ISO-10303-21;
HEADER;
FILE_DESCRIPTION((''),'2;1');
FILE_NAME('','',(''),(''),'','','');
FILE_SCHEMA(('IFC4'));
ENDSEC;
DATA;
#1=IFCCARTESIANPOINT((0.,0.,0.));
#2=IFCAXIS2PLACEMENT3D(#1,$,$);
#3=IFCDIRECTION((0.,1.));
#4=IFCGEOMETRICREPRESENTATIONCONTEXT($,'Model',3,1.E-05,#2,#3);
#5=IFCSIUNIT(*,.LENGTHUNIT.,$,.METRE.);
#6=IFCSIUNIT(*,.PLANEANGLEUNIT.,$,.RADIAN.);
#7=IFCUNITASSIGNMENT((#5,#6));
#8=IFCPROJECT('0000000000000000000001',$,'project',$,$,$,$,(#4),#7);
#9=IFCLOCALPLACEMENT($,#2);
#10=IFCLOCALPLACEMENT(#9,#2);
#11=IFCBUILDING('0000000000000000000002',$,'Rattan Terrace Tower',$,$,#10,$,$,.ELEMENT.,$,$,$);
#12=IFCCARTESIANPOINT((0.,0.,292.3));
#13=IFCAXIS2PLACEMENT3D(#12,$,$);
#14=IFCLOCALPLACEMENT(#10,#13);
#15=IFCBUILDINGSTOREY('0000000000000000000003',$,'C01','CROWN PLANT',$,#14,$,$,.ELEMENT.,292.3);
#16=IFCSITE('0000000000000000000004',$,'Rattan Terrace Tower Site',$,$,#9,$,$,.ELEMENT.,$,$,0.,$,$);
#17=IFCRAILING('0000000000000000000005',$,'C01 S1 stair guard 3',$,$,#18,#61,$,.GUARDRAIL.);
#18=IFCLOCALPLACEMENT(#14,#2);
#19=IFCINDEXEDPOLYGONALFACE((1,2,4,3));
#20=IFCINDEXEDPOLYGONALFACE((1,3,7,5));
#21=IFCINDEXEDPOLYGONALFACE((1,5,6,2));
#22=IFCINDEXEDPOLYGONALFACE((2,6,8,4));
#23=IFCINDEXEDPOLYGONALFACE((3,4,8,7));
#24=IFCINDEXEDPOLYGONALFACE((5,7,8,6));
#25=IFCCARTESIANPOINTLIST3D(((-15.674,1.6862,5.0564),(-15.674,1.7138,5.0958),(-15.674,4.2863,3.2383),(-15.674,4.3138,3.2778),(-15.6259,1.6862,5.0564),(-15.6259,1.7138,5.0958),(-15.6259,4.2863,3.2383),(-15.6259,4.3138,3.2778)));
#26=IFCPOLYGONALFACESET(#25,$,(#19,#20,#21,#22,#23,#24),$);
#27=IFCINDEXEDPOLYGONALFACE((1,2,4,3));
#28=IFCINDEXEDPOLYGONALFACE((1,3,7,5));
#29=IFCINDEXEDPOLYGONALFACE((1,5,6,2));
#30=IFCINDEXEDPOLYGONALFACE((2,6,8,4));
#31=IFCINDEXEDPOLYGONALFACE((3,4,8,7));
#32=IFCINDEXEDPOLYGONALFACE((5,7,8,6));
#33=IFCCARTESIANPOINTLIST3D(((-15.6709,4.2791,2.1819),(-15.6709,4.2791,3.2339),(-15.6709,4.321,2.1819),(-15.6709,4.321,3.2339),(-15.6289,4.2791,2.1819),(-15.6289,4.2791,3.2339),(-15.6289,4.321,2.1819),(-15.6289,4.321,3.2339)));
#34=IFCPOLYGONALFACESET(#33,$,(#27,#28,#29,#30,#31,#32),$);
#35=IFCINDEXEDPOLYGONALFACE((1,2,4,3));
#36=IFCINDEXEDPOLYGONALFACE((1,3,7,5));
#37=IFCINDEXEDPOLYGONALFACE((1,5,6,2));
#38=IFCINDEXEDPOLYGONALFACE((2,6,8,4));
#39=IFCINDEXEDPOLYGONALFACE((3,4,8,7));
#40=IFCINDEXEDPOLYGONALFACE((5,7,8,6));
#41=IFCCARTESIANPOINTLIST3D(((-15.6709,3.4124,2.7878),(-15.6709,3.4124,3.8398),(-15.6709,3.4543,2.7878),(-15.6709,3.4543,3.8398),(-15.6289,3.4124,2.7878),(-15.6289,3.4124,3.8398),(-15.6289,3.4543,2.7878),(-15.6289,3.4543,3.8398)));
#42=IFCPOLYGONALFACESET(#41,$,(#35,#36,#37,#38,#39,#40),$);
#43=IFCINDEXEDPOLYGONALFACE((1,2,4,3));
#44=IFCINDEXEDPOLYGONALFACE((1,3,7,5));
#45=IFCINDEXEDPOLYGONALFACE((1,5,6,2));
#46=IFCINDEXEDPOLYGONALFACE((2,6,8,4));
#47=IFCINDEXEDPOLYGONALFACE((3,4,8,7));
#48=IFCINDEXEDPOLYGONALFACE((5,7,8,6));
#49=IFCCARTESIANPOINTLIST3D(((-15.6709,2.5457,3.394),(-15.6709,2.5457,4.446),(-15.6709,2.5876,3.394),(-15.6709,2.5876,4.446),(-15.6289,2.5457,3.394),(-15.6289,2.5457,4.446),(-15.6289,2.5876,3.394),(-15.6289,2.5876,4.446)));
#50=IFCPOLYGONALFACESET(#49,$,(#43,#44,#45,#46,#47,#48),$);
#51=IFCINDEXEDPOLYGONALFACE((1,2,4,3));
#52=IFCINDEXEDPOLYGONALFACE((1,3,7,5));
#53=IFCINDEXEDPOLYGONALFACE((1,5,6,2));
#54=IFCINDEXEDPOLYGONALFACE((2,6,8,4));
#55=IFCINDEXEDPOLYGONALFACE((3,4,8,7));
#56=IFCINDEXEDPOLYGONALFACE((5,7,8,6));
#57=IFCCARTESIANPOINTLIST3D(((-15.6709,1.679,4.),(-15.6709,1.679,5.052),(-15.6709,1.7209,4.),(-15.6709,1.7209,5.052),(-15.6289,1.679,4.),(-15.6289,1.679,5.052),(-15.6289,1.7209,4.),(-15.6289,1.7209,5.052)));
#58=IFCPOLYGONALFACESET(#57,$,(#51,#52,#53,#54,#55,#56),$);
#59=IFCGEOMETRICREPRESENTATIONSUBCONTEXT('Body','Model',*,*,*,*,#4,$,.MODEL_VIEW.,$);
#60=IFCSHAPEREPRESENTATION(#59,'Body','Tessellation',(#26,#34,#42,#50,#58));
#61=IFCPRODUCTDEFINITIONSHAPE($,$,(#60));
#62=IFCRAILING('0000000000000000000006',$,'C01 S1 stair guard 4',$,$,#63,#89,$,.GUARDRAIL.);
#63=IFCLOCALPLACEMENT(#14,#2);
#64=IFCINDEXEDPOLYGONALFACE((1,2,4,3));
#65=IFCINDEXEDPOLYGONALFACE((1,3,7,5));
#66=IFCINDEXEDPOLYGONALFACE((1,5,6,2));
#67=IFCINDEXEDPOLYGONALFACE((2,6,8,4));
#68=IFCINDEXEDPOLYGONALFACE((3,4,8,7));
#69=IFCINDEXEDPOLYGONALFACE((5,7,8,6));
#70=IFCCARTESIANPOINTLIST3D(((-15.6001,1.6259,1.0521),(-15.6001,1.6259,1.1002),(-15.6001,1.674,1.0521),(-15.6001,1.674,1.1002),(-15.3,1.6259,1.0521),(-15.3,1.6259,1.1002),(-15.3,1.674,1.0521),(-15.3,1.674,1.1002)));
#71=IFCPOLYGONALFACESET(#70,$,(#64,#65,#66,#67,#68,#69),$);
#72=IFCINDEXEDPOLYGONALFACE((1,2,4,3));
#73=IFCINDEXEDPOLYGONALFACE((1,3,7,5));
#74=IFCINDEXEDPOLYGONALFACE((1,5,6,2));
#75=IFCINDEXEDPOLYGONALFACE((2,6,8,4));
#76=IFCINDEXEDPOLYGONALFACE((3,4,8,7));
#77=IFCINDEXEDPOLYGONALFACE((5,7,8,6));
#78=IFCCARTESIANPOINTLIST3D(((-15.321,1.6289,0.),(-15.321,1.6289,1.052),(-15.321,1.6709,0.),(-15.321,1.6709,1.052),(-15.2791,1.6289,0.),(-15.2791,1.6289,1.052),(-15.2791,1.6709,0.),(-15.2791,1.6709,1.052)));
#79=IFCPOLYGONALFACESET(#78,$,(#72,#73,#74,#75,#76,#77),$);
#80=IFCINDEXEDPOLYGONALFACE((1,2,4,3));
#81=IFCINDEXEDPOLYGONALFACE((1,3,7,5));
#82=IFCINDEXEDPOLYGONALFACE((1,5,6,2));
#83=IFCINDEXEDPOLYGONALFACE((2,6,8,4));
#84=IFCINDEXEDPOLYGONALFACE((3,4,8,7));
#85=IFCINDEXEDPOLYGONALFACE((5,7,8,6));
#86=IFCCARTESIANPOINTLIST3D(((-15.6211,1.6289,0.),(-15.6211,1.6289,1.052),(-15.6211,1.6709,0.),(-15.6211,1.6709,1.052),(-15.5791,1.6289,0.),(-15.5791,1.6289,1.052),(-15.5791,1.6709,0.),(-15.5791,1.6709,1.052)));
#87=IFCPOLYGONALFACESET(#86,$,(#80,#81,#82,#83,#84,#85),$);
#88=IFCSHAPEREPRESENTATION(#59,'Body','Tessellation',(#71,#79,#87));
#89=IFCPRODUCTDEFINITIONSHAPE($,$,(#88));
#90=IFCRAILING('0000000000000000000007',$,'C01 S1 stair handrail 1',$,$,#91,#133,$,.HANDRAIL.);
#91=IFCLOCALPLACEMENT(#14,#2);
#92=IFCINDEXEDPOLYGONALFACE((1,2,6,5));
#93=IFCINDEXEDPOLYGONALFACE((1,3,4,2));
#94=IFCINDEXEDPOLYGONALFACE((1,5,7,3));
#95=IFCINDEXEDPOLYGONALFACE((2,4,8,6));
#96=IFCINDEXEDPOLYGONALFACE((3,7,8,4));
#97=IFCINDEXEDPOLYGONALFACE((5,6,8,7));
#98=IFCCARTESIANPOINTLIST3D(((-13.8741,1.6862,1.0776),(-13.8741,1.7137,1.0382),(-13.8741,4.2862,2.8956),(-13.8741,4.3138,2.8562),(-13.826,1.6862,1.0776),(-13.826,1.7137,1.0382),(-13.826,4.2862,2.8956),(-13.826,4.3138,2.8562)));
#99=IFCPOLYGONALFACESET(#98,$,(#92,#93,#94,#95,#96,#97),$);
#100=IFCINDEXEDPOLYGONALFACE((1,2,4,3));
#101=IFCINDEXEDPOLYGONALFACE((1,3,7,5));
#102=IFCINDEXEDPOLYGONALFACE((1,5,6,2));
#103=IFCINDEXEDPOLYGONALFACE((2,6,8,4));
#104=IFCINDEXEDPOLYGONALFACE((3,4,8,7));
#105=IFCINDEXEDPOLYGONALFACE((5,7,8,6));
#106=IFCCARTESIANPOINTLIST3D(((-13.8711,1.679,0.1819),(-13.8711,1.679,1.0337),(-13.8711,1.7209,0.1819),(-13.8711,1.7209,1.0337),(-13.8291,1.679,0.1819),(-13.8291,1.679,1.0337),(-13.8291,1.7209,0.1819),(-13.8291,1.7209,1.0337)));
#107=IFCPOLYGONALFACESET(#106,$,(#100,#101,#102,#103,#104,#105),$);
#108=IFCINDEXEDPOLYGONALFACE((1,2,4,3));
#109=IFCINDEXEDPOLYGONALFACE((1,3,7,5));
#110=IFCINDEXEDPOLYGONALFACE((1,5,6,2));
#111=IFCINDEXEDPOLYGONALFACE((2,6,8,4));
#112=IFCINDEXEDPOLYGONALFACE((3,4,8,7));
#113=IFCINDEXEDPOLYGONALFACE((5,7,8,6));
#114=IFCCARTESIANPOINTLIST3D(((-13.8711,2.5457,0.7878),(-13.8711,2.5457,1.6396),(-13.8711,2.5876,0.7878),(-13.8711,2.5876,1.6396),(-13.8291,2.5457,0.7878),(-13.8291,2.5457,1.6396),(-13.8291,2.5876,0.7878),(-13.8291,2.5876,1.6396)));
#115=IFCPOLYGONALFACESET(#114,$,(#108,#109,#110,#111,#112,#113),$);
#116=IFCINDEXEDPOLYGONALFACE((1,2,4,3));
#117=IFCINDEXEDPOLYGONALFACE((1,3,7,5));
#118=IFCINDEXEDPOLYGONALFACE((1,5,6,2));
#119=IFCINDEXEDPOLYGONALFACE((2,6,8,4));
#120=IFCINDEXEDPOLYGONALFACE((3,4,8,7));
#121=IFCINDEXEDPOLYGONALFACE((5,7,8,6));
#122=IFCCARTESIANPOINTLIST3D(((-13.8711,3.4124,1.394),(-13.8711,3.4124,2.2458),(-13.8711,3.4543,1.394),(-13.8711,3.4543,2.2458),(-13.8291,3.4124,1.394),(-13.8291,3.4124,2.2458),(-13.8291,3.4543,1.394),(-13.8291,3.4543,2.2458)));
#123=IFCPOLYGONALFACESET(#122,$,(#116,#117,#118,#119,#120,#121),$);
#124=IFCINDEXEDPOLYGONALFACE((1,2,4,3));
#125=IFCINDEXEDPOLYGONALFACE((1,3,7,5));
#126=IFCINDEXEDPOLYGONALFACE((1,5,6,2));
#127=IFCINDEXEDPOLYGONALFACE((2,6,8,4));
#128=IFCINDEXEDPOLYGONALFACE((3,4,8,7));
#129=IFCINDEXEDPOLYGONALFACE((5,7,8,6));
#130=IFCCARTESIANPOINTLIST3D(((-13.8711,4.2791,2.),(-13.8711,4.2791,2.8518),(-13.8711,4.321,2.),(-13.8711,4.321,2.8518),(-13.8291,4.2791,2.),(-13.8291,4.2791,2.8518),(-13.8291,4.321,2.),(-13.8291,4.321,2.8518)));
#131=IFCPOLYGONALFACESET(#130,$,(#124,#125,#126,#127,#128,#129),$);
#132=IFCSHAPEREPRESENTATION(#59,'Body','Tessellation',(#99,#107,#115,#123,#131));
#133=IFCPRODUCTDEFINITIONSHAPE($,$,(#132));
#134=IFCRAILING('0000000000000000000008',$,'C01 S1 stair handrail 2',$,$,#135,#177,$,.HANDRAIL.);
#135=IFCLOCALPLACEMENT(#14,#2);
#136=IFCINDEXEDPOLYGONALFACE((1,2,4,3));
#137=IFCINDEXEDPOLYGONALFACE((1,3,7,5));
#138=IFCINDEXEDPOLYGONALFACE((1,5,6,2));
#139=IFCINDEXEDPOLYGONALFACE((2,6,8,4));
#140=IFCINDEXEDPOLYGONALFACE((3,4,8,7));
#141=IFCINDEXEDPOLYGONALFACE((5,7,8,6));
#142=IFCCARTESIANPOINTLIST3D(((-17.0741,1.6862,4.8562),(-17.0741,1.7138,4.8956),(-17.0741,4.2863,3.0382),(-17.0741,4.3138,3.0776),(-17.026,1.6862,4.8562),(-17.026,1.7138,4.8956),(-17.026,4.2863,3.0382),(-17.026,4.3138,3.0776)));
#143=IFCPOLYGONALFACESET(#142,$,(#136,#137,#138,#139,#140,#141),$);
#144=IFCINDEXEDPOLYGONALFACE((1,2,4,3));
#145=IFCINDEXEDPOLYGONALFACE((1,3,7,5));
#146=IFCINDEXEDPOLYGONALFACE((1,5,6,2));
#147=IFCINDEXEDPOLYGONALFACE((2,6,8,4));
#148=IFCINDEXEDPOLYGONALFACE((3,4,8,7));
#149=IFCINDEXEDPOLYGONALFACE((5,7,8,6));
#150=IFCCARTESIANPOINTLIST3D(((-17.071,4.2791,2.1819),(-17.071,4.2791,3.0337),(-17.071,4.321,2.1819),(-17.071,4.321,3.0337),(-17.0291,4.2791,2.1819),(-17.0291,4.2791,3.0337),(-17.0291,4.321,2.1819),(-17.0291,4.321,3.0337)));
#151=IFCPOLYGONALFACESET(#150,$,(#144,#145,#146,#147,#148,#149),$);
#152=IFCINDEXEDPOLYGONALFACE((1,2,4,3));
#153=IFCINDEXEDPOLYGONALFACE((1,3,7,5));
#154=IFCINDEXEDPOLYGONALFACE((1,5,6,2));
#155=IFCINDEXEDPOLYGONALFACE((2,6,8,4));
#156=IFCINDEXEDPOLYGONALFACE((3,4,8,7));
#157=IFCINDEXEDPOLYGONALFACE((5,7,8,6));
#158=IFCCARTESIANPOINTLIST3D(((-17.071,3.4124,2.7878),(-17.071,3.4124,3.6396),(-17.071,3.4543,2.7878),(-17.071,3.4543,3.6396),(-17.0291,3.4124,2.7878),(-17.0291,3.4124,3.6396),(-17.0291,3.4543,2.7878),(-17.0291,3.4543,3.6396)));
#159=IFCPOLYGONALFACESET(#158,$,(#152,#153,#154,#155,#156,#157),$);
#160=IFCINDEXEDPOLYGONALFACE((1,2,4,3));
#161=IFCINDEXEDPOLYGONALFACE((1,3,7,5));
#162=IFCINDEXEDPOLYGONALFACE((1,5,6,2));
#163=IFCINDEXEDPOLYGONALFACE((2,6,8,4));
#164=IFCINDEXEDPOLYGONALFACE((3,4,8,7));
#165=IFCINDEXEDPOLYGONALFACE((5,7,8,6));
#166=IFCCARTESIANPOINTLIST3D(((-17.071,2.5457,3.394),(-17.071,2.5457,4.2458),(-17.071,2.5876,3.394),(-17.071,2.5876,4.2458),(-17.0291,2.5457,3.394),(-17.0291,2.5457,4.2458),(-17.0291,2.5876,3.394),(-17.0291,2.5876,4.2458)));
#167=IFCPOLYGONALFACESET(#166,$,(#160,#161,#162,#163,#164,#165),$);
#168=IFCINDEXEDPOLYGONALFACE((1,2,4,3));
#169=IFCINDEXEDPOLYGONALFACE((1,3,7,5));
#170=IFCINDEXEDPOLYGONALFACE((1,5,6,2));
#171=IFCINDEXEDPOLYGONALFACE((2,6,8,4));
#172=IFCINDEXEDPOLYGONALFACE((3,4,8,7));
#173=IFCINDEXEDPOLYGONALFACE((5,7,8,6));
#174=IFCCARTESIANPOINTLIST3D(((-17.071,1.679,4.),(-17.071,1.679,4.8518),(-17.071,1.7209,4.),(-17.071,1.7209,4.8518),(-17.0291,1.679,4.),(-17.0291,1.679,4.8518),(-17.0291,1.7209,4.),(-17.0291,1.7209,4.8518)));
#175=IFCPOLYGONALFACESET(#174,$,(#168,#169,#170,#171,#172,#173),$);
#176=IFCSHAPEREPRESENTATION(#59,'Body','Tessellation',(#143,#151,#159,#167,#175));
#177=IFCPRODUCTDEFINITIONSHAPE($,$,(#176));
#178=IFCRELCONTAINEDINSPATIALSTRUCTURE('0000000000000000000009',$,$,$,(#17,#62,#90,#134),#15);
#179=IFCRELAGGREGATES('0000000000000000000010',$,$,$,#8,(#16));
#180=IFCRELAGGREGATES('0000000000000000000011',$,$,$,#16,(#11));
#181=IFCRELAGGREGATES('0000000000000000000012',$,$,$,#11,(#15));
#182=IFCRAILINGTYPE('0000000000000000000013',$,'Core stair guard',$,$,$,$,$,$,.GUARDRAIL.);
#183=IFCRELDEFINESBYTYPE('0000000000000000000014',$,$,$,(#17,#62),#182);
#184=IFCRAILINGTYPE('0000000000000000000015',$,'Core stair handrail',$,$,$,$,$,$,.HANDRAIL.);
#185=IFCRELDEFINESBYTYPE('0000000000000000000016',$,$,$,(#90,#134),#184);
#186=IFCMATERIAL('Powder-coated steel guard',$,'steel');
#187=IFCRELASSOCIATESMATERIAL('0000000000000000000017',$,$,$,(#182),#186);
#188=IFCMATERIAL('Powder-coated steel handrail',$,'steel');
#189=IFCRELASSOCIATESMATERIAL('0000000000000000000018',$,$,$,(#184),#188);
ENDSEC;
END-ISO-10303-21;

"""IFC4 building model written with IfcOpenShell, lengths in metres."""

from ifc_helpers import new_model, si_unit, direction, frame, origin, origin_2d, place, context, subcontext, project, spatial, rectangle, extrude, material, type_object, element, save


model = new_model("IFC4")

# Units and contexts
model_context = context("Model", 3, precision=1e-05, world=origin(), true_north=direction((0.0, 1.0)))
body_context = subcontext(model_context, "Body", "Model", "MODEL_VIEW")
ifc_project = project(units=[si_unit("LENGTHUNIT", "METRE"), si_unit("PLANEANGLEUNIT", "RADIAN")], contexts=[model_context])

# Site, building, storey
site_placement = place(None, origin())
site = spatial("IfcSite", under=ifc_project, at=site_placement, Name="Rattan Terrace Tower Site", CompositionType="ELEMENT", RefElevation=0.0)
building_placement = place(site_placement, origin())
building = spatial("IfcBuilding", under=site, at=building_placement, Name="Rattan Terrace Tower", CompositionType="ELEMENT")
storey_placement = place(building_placement, frame((0.0, 0.0, 292.3)))
storey = spatial("IfcBuildingStorey", under=building, at=storey_placement, Name="C01", Description="CROWN PLANT", CompositionType="ELEMENT", Elevation=292.3)

# Railings
ifc_material_1 = material(Name="Powder-coated steel guard", Category="steel")
railing_type_1 = type_object("IfcRailingType", Name="Core stair guard", PredefinedType="GUARDRAIL", material=ifc_material_1)
railing_1_placement = place(storey_placement, frame((-15.6499, 4.3, 2.1819)))
element("IfcRailing", 1, at=railing_1_placement, inside=storey, type_object=railing_type_1, Name="C01 S1 stair guard 3", PredefinedType="GUARDRAIL", context=body_context, shape_type="SweptSolid", body=[
    extrude(rectangle(XDim=0.0481, YDim=0.0481, at=origin_2d()), frame((0.0, 0.0, 1.0762), z_axis=(0.0, -0.819521, 0.573049), x_axis=(1.0, 0.0, 0.0)), (0.0, 0.0, 1.0), 3.1726),
    extrude(rectangle(XDim=0.042, YDim=0.042, at=origin_2d()), origin(), (0.0, 0.0, 1.0), 1.052),
    extrude(rectangle(XDim=0.042, YDim=0.042, at=origin_2d()), frame((0.0, -0.8667, 0.606)), (0.0, 0.0, 1.0), 1.052),
    extrude(rectangle(XDim=0.042, YDim=0.042, at=origin_2d()), frame((0.0, -1.7334, 1.2122)), (0.0, 0.0, 1.0), 1.052),
    extrude(rectangle(XDim=0.042, YDim=0.042, at=origin_2d()), frame((0.0, -2.6001, 1.8181)), (0.0, 0.0, 1.0), 1.052),
])
railing_2_placement = place(storey_placement, frame((-15.3, 1.6499, 0.0)))
element("IfcRailing", 2, at=railing_2_placement, inside=storey, type_object=railing_type_1, Name="C01 S1 stair guard 4", PredefinedType="GUARDRAIL", context=body_context, shape_type="SweptSolid", body=[
    extrude(rectangle(XDim=0.0481, YDim=0.0481, at=origin_2d()), frame((0.0, 0.0, 1.0762), z_axis=(-1.0, 0.0, 0.0), x_axis=(0.0, -1.0, 0.0)), (0.0, 0.0, 1.0), 0.3),
    extrude(rectangle(XDim=0.042, YDim=0.042, at=origin_2d()), origin(), (0.0, 0.0, 1.0), 1.052),
    extrude(rectangle(XDim=0.042, YDim=0.042, at=origin_2d()), frame((-0.3, 0.0, 0.0)), (0.0, 0.0, 1.0), 1.052),
])
ifc_material_2 = material(Name="Powder-coated steel handrail", Category="steel")
railing_type_2 = type_object("IfcRailingType", Name="Core stair handrail", PredefinedType="HANDRAIL", material=ifc_material_2)
railing_3_placement = place(storey_placement, frame((-13.8501, 1.7, 0.1819)))
element("IfcRailing", 3, at=railing_3_placement, inside=storey, type_object=railing_type_2, Name="C01 S1 stair handrail 1", PredefinedType="HANDRAIL", context=body_context, shape_type="SweptSolid", body=[
    extrude(rectangle(XDim=0.0481, YDim=0.0481, at=origin_2d()), frame((0.0, 0.0, 0.876), z_axis=(0.0, 0.819521, 0.573049), x_axis=(-1.0, 0.0, 0.0)), (0.0, 0.0, 1.0), 3.1726),
    extrude(rectangle(XDim=0.042, YDim=0.042, at=origin_2d()), origin(), (0.0, 0.0, 1.0), 0.8518),
    extrude(rectangle(XDim=0.042, YDim=0.042, at=origin_2d()), frame((0.0, 0.8667, 0.606)), (0.0, 0.0, 1.0), 0.8518),
    extrude(rectangle(XDim=0.042, YDim=0.042, at=origin_2d()), frame((0.0, 1.7334, 1.2122)), (0.0, 0.0, 1.0), 0.8518),
    extrude(rectangle(XDim=0.042, YDim=0.042, at=origin_2d()), frame((0.0, 2.6001, 1.8181)), (0.0, 0.0, 1.0), 0.8518),
])
railing_4_placement = place(storey_placement, frame((-17.05, 4.3, 2.1819)))
element("IfcRailing", 4, at=railing_4_placement, inside=storey, type_object=railing_type_2, Name="C01 S1 stair handrail 2", PredefinedType="HANDRAIL", context=body_context, shape_type="SweptSolid", body=[
    extrude(rectangle(XDim=0.0481, YDim=0.0481, at=origin_2d()), frame((0.0, 0.0, 0.876), z_axis=(0.0, -0.819521, 0.573049), x_axis=(1.0, 0.0, 0.0)), (0.0, 0.0, 1.0), 3.1726),
    extrude(rectangle(XDim=0.042, YDim=0.042, at=origin_2d()), origin(), (0.0, 0.0, 1.0), 0.8518),
    extrude(rectangle(XDim=0.042, YDim=0.042, at=origin_2d()), frame((0.0, -0.8667, 0.606)), (0.0, 0.0, 1.0), 0.8518),
    extrude(rectangle(XDim=0.042, YDim=0.042, at=origin_2d()), frame((0.0, -1.7334, 1.2122)), (0.0, 0.0, 1.0), 0.8518),
    extrude(rectangle(XDim=0.042, YDim=0.042, at=origin_2d()), frame((0.0, -2.6001, 1.8181)), (0.0, 0.0, 1.0), 0.8518),
])

save(model, "model.ifc")
